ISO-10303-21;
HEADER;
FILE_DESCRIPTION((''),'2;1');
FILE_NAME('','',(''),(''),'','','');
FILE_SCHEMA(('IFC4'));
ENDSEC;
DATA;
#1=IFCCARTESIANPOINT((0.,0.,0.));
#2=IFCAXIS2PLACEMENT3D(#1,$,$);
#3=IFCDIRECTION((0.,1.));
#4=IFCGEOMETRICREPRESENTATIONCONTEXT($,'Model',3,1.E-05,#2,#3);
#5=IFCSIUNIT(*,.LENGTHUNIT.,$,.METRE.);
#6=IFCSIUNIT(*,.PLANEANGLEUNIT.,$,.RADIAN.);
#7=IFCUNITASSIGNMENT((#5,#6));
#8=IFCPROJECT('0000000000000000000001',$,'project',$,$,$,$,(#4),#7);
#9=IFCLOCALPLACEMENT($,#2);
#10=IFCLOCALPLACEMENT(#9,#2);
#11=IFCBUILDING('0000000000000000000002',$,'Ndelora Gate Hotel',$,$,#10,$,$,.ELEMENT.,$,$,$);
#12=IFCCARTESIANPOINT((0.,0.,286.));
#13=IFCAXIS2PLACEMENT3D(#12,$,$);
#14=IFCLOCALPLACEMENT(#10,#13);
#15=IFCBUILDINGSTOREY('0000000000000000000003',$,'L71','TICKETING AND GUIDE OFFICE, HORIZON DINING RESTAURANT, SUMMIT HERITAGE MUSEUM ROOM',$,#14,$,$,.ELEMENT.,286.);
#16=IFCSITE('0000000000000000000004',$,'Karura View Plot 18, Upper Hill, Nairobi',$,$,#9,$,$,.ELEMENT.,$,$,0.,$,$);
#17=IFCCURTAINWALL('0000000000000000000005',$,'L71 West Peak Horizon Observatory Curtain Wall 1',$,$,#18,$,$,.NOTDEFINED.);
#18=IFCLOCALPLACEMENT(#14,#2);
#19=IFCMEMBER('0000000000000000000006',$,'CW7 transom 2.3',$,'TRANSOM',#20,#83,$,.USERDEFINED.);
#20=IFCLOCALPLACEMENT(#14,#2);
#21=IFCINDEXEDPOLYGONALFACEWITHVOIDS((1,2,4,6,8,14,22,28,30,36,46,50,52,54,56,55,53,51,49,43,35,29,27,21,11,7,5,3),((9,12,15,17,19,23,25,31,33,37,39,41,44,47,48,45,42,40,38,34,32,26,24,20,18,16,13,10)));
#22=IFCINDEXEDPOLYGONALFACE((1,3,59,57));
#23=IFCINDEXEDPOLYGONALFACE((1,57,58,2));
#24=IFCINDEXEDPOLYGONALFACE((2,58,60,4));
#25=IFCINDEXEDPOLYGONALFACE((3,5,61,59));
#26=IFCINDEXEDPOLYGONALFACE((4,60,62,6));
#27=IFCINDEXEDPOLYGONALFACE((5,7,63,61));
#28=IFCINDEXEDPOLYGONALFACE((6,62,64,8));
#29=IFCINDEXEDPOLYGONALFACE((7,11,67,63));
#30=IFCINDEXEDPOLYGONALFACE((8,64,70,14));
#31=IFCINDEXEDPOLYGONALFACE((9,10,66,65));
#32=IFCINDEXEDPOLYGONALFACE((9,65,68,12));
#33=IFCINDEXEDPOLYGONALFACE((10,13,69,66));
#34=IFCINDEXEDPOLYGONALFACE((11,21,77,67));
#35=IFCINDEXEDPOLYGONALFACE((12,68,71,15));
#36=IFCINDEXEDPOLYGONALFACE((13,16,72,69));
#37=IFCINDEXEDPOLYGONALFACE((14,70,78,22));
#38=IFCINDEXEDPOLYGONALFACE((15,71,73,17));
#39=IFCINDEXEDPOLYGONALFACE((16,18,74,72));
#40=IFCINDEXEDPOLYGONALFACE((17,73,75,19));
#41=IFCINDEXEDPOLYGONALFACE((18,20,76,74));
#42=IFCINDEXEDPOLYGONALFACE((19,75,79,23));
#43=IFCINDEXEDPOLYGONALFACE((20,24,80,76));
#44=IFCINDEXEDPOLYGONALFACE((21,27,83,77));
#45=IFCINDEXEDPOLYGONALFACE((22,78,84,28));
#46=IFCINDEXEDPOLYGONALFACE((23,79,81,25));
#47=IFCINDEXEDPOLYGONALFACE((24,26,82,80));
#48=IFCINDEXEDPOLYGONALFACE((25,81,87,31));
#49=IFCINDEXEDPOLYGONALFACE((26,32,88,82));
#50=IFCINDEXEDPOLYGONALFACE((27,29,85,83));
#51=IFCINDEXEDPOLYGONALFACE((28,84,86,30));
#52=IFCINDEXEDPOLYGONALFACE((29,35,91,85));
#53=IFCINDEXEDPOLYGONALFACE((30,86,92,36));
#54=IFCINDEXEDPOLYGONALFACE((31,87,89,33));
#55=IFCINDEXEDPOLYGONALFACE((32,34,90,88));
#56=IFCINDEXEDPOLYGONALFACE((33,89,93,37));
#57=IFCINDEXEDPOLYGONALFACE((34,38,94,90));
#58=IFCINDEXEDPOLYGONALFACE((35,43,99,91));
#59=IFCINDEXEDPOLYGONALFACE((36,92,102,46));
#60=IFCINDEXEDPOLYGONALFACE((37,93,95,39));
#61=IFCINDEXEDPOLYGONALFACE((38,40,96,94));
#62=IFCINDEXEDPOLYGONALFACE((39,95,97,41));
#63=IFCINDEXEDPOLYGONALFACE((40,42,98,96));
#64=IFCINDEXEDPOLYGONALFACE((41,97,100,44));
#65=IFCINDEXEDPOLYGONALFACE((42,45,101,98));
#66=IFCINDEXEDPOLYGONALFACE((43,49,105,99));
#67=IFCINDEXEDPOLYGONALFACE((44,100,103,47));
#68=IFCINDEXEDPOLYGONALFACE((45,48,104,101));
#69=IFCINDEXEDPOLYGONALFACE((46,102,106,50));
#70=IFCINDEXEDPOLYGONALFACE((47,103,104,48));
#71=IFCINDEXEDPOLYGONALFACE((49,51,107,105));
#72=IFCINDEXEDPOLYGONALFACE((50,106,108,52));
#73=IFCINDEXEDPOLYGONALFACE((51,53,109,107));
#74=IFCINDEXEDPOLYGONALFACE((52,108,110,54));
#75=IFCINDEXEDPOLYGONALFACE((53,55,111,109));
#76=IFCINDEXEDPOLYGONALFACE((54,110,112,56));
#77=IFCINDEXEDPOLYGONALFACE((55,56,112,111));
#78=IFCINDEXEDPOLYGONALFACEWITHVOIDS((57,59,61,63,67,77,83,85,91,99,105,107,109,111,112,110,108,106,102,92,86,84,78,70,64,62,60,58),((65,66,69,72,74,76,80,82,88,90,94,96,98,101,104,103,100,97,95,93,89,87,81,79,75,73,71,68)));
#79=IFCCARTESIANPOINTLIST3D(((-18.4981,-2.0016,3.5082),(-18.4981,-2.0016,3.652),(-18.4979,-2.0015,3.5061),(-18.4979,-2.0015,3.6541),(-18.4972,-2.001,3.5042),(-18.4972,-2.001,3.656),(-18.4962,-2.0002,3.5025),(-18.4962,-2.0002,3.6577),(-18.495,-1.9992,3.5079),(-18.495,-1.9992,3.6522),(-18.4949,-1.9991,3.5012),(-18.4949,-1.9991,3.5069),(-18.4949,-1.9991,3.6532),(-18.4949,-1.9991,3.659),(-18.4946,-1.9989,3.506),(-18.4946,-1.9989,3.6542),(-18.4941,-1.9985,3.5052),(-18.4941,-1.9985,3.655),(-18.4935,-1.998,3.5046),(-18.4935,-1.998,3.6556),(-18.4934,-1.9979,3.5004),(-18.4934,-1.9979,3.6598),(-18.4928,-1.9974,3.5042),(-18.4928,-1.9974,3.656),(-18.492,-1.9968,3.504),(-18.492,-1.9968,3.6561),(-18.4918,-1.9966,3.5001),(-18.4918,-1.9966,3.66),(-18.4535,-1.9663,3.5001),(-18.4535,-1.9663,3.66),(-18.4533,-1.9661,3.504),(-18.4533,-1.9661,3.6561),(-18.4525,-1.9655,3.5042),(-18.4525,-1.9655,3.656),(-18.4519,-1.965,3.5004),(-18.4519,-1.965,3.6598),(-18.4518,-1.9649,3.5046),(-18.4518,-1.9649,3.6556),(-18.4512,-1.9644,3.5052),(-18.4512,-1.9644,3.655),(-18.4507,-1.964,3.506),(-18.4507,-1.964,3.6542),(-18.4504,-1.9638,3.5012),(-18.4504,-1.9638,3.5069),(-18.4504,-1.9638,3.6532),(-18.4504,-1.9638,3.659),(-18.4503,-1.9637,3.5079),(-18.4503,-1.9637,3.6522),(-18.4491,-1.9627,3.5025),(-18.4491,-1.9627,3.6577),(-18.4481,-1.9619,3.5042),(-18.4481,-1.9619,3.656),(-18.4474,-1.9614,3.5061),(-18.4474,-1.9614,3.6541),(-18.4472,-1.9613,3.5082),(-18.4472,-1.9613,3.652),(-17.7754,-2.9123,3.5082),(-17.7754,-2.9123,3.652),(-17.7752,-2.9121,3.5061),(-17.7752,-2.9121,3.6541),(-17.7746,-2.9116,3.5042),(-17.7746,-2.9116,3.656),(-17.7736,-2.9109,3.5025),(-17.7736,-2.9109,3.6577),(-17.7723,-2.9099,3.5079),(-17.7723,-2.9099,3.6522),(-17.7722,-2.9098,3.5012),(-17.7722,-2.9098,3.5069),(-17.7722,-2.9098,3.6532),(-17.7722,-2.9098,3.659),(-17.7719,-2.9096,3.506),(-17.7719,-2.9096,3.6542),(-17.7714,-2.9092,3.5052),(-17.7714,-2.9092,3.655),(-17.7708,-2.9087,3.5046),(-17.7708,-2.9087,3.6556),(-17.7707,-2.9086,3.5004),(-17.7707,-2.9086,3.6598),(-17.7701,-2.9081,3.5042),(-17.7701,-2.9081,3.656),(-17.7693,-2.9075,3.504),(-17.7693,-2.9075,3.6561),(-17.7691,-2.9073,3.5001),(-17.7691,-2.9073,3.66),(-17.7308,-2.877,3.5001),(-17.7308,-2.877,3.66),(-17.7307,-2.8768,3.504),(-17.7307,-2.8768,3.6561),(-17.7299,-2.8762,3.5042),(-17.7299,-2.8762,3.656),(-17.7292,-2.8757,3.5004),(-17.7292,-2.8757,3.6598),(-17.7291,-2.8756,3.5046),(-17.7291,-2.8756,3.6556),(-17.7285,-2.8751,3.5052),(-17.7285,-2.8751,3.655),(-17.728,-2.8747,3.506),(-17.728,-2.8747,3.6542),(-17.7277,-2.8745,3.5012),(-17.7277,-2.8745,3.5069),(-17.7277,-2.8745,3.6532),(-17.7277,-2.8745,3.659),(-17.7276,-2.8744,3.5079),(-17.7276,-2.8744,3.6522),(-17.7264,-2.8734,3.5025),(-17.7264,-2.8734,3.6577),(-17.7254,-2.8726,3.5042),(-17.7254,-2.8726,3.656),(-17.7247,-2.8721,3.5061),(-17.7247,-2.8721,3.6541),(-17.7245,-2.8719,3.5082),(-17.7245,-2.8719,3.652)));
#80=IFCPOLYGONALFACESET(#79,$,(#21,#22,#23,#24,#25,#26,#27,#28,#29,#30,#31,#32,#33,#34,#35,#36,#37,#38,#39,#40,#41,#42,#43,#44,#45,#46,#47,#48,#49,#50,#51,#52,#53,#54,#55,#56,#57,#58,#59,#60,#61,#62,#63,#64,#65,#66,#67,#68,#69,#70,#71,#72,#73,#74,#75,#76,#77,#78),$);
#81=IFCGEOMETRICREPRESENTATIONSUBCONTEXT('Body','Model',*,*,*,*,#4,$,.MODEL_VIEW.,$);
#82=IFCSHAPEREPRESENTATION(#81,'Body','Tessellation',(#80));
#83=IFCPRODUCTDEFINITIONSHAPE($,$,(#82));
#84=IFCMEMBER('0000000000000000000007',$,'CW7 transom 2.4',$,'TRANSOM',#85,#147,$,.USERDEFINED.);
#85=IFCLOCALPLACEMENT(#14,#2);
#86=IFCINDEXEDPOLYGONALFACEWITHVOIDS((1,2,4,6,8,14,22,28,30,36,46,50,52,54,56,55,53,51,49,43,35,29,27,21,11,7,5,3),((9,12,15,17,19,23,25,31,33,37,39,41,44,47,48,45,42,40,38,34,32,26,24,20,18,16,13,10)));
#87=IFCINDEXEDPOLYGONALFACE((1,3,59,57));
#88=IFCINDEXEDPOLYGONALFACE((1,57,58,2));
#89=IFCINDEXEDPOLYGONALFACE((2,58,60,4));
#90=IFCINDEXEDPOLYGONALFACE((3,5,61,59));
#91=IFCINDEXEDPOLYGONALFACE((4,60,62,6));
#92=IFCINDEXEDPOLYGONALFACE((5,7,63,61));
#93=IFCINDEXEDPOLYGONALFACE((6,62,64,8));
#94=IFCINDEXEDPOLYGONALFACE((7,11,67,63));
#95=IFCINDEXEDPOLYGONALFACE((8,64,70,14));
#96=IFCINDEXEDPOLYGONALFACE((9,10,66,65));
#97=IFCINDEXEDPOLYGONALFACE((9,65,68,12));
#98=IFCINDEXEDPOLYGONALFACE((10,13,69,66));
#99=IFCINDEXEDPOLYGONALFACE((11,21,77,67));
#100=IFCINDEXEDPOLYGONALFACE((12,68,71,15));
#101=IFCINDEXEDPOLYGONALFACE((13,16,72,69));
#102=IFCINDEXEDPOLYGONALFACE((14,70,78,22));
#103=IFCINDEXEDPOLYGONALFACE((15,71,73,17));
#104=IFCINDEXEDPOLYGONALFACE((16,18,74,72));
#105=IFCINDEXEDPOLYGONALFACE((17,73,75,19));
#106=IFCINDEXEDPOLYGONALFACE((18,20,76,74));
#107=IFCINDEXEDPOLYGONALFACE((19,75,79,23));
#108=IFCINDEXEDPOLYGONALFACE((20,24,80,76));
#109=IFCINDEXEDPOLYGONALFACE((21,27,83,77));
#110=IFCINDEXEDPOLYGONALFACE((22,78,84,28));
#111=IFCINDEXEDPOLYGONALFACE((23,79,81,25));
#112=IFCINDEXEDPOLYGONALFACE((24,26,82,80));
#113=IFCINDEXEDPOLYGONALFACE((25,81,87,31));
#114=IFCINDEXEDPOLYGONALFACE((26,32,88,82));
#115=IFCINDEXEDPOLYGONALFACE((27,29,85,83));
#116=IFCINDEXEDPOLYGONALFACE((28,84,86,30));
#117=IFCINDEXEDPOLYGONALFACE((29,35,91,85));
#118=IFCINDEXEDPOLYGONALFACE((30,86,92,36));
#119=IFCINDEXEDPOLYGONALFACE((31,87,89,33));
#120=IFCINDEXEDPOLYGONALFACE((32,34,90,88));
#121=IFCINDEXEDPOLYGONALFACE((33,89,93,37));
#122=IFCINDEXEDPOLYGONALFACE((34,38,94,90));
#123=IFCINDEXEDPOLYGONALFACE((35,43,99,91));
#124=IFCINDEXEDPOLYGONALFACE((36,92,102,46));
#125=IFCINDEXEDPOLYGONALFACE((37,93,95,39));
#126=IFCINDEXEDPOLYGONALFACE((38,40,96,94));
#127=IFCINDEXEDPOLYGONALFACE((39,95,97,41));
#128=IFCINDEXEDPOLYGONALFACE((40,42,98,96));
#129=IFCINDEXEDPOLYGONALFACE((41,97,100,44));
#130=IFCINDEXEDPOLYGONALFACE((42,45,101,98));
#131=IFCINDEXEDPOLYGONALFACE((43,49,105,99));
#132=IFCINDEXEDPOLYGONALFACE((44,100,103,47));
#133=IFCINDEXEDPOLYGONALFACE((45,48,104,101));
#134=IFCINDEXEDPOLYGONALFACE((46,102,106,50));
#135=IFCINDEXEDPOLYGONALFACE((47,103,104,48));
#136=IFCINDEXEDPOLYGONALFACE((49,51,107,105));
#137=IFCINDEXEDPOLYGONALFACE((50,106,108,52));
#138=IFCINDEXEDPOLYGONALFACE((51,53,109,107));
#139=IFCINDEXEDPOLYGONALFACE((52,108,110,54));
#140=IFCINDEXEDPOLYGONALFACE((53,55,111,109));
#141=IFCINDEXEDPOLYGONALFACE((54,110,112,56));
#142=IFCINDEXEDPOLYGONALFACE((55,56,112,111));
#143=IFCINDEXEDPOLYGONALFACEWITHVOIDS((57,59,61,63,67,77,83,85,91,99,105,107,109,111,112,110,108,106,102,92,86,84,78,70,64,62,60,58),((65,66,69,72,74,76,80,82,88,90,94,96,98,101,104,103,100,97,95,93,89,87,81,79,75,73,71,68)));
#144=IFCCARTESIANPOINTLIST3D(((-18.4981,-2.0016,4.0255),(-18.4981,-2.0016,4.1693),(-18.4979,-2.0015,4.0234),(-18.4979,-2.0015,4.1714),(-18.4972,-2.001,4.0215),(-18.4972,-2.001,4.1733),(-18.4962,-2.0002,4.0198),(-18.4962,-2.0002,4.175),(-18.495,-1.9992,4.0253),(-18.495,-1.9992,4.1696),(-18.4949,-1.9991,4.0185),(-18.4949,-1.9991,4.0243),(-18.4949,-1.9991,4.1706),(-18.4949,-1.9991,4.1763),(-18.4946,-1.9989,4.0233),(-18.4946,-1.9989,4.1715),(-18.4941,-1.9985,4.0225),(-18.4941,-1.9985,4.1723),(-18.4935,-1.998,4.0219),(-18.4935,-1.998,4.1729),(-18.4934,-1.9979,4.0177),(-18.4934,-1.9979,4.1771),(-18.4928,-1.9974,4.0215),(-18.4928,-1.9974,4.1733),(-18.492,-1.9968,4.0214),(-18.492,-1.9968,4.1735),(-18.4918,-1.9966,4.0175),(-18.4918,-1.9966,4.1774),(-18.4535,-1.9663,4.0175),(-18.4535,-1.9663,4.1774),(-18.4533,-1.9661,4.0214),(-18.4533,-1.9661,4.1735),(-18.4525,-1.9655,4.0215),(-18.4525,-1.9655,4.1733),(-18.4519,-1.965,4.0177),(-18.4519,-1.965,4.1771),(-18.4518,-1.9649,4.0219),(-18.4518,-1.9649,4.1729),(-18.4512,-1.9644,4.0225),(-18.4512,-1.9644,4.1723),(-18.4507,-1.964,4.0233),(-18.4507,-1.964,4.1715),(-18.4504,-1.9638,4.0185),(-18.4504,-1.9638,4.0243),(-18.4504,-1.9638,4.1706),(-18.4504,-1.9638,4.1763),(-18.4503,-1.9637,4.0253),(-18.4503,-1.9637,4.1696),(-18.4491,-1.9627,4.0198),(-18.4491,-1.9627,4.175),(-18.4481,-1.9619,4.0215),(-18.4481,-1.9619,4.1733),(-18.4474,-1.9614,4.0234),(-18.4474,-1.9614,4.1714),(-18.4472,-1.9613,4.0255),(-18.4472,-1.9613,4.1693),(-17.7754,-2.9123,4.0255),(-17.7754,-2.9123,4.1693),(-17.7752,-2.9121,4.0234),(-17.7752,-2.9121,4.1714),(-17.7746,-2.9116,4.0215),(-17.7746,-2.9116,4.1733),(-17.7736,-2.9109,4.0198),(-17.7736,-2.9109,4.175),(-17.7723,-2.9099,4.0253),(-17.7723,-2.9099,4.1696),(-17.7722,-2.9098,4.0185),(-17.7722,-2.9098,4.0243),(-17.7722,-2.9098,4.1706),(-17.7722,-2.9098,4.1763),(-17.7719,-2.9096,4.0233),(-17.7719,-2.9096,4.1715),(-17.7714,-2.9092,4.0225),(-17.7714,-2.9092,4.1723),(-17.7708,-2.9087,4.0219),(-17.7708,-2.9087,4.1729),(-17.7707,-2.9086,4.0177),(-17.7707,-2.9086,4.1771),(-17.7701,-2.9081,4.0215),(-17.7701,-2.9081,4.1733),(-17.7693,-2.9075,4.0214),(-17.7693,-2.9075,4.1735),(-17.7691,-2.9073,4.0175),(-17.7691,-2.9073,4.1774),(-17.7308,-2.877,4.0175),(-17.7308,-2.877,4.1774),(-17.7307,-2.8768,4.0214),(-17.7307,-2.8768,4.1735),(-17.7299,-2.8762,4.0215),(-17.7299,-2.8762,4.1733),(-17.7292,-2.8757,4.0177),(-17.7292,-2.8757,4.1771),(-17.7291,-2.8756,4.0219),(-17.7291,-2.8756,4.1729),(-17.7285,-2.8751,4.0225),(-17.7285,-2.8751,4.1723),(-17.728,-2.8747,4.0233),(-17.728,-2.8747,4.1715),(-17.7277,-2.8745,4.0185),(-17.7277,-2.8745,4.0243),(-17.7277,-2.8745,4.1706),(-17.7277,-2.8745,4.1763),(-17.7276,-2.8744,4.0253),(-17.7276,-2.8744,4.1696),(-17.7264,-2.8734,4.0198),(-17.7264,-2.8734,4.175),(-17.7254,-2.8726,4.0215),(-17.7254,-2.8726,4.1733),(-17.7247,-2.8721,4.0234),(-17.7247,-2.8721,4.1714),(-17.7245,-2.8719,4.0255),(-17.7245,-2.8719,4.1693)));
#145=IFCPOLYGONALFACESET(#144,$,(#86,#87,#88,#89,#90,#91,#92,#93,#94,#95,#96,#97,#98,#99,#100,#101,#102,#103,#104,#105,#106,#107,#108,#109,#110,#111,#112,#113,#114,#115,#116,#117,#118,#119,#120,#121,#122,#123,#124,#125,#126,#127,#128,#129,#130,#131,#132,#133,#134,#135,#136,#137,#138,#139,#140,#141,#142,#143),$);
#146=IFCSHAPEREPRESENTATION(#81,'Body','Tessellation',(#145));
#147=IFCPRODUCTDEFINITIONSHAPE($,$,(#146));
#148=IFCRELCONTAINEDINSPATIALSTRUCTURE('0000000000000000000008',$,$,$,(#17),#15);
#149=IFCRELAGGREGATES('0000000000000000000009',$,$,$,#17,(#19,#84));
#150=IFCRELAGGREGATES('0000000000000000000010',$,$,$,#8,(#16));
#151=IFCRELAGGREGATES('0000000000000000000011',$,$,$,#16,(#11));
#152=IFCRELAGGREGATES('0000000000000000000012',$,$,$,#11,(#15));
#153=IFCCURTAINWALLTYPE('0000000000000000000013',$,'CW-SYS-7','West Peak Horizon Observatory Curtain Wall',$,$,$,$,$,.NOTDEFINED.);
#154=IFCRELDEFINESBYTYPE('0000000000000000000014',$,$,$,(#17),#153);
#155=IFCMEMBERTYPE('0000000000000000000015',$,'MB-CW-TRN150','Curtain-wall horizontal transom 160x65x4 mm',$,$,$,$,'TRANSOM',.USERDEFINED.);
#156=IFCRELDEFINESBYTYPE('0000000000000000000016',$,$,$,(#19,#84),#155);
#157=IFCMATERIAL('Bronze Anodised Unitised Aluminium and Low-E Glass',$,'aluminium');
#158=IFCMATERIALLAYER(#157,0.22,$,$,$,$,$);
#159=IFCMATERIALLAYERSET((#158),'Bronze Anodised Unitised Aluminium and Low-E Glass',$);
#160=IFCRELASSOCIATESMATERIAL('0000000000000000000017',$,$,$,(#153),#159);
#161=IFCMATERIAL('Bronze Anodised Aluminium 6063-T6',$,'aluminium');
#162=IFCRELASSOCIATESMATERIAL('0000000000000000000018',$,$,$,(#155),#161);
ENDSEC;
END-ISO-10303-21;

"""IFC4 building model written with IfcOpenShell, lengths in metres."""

from ifc_helpers import new_model, si_unit, direction, frame, origin, origin_2d, place, context, subcontext, project, spatial, hollow_rectangle, extrude, material, layer, layer_set, material_profile, profile_set, type_object, element, aggregate, save


model = new_model("IFC4")

# Units and contexts
model_context = context("Model", 3, precision=1e-05, world=origin(), true_north=direction((0.0, 1.0)))
body_context = subcontext(model_context, "Body", "Model", "MODEL_VIEW")
ifc_project = project(units=[si_unit("LENGTHUNIT", "METRE"), si_unit("PLANEANGLEUNIT", "RADIAN")], contexts=[model_context])

# Site, building, storey
site_placement = place(None, origin())
site = spatial("IfcSite", under=ifc_project, at=site_placement, Name="Karura View Plot 18, Upper Hill, Nairobi", CompositionType="ELEMENT", RefElevation=0.0)
building_placement = place(site_placement, origin())
building = spatial("IfcBuilding", under=site, at=building_placement, Name="Ndelora Gate Hotel", CompositionType="ELEMENT")
storey_placement = place(building_placement, frame((0.0, 0.0, 286.0)))
storey = spatial("IfcBuildingStorey", under=building, at=storey_placement, Name="L71", Description="TICKETING AND GUIDE OFFICE, HORIZON DINING RESTAURANT, SUMMIT HERITAGE MUSEUM ROOM", CompositionType="ELEMENT", Elevation=286.0)

# Curtain wall
ifc_material_1 = material(Name="Bronze Anodised Unitised Aluminium and Low-E Glass", Category="aluminium")
ifc_layer_1 = layer(ifc_material_1, 0.22)
ifc_layer_set_1 = layer_set([ifc_layer_1], Name="Bronze Anodised Unitised Aluminium and Low-E Glass")
curtain_wall_type = type_object("IfcCurtainWallType", Name="CW-SYS-7", Description="West Peak Horizon Observatory Curtain Wall", PredefinedType="NOTDEFINED", material=ifc_layer_set_1)
curtain_wall_1_placement = place(storey_placement, origin())
curtain_wall_1 = element("IfcCurtainWall", 1, at=curtain_wall_1_placement, inside=storey, type_object=curtain_wall_type, Name="L71 West Peak Horizon Observatory Curtain Wall 1", PredefinedType="NOTDEFINED")
ifc_material_2 = material(Name="Bronze Anodised Aluminium 6063-T6", Category="aluminium")

# Members
ifc_material_profile_1 = material_profile(ifc_material_2, hollow_rectangle(XDim=0.0649, YDim=0.1599, WallThickness=0.0039, InnerFilletRadius=0.0039, OuterFilletRadius=0.0081, at=origin_2d()), Name="ALU 160x65x4")
ifc_profile_set_1 = profile_set([ifc_material_profile_1], Name="Bronze Anodised Aluminium 6063-T6")
member_type_1 = type_object("IfcMemberType", Name="MB-CW-TRN150", Description="Curtain-wall horizontal transom 160x65x4 mm", ElementType="TRANSOM", PredefinedType="USERDEFINED", material=ifc_profile_set_1)
member_1_placement = place(storey_placement, frame((-18.4727, -1.9814, 3.5801), z_axis=(0.621617, -0.783321, 0.0), x_axis=(0.783321, 0.621617, 0.0)))
member_1 = element("IfcMember", 2, at=member_1_placement, type_object=member_type_1, Name="CW7 transom 2.3", ObjectType="TRANSOM", PredefinedType="USERDEFINED", context=body_context, shape_type="SweptSolid", body=[
    extrude(hollow_rectangle(XDim=0.0649, YDim=0.1599, WallThickness=0.0039, InnerFilletRadius=0.0039, OuterFilletRadius=0.0081, at=origin_2d()), origin(), (0.0, 0.0, 1.0), 1.1626),
])
member_2_placement = place(storey_placement, frame((-18.4727, -1.9814, 4.0974), z_axis=(0.621617, -0.783321, 0.0), x_axis=(0.783321, 0.621617, 0.0)))
member_2 = element("IfcMember", 3, at=member_2_placement, type_object=member_type_1, Name="CW7 transom 2.4", ObjectType="TRANSOM", PredefinedType="USERDEFINED", context=body_context, shape_type="SweptSolid", body=[
    extrude(hollow_rectangle(XDim=0.0649, YDim=0.1599, WallThickness=0.0039, InnerFilletRadius=0.0039, OuterFilletRadius=0.0081, at=origin_2d()), origin(), (0.0, 0.0, 1.0), 1.1626),
])

aggregate(curtain_wall_1, [member_1, member_2])

save(model, "model.ifc")
